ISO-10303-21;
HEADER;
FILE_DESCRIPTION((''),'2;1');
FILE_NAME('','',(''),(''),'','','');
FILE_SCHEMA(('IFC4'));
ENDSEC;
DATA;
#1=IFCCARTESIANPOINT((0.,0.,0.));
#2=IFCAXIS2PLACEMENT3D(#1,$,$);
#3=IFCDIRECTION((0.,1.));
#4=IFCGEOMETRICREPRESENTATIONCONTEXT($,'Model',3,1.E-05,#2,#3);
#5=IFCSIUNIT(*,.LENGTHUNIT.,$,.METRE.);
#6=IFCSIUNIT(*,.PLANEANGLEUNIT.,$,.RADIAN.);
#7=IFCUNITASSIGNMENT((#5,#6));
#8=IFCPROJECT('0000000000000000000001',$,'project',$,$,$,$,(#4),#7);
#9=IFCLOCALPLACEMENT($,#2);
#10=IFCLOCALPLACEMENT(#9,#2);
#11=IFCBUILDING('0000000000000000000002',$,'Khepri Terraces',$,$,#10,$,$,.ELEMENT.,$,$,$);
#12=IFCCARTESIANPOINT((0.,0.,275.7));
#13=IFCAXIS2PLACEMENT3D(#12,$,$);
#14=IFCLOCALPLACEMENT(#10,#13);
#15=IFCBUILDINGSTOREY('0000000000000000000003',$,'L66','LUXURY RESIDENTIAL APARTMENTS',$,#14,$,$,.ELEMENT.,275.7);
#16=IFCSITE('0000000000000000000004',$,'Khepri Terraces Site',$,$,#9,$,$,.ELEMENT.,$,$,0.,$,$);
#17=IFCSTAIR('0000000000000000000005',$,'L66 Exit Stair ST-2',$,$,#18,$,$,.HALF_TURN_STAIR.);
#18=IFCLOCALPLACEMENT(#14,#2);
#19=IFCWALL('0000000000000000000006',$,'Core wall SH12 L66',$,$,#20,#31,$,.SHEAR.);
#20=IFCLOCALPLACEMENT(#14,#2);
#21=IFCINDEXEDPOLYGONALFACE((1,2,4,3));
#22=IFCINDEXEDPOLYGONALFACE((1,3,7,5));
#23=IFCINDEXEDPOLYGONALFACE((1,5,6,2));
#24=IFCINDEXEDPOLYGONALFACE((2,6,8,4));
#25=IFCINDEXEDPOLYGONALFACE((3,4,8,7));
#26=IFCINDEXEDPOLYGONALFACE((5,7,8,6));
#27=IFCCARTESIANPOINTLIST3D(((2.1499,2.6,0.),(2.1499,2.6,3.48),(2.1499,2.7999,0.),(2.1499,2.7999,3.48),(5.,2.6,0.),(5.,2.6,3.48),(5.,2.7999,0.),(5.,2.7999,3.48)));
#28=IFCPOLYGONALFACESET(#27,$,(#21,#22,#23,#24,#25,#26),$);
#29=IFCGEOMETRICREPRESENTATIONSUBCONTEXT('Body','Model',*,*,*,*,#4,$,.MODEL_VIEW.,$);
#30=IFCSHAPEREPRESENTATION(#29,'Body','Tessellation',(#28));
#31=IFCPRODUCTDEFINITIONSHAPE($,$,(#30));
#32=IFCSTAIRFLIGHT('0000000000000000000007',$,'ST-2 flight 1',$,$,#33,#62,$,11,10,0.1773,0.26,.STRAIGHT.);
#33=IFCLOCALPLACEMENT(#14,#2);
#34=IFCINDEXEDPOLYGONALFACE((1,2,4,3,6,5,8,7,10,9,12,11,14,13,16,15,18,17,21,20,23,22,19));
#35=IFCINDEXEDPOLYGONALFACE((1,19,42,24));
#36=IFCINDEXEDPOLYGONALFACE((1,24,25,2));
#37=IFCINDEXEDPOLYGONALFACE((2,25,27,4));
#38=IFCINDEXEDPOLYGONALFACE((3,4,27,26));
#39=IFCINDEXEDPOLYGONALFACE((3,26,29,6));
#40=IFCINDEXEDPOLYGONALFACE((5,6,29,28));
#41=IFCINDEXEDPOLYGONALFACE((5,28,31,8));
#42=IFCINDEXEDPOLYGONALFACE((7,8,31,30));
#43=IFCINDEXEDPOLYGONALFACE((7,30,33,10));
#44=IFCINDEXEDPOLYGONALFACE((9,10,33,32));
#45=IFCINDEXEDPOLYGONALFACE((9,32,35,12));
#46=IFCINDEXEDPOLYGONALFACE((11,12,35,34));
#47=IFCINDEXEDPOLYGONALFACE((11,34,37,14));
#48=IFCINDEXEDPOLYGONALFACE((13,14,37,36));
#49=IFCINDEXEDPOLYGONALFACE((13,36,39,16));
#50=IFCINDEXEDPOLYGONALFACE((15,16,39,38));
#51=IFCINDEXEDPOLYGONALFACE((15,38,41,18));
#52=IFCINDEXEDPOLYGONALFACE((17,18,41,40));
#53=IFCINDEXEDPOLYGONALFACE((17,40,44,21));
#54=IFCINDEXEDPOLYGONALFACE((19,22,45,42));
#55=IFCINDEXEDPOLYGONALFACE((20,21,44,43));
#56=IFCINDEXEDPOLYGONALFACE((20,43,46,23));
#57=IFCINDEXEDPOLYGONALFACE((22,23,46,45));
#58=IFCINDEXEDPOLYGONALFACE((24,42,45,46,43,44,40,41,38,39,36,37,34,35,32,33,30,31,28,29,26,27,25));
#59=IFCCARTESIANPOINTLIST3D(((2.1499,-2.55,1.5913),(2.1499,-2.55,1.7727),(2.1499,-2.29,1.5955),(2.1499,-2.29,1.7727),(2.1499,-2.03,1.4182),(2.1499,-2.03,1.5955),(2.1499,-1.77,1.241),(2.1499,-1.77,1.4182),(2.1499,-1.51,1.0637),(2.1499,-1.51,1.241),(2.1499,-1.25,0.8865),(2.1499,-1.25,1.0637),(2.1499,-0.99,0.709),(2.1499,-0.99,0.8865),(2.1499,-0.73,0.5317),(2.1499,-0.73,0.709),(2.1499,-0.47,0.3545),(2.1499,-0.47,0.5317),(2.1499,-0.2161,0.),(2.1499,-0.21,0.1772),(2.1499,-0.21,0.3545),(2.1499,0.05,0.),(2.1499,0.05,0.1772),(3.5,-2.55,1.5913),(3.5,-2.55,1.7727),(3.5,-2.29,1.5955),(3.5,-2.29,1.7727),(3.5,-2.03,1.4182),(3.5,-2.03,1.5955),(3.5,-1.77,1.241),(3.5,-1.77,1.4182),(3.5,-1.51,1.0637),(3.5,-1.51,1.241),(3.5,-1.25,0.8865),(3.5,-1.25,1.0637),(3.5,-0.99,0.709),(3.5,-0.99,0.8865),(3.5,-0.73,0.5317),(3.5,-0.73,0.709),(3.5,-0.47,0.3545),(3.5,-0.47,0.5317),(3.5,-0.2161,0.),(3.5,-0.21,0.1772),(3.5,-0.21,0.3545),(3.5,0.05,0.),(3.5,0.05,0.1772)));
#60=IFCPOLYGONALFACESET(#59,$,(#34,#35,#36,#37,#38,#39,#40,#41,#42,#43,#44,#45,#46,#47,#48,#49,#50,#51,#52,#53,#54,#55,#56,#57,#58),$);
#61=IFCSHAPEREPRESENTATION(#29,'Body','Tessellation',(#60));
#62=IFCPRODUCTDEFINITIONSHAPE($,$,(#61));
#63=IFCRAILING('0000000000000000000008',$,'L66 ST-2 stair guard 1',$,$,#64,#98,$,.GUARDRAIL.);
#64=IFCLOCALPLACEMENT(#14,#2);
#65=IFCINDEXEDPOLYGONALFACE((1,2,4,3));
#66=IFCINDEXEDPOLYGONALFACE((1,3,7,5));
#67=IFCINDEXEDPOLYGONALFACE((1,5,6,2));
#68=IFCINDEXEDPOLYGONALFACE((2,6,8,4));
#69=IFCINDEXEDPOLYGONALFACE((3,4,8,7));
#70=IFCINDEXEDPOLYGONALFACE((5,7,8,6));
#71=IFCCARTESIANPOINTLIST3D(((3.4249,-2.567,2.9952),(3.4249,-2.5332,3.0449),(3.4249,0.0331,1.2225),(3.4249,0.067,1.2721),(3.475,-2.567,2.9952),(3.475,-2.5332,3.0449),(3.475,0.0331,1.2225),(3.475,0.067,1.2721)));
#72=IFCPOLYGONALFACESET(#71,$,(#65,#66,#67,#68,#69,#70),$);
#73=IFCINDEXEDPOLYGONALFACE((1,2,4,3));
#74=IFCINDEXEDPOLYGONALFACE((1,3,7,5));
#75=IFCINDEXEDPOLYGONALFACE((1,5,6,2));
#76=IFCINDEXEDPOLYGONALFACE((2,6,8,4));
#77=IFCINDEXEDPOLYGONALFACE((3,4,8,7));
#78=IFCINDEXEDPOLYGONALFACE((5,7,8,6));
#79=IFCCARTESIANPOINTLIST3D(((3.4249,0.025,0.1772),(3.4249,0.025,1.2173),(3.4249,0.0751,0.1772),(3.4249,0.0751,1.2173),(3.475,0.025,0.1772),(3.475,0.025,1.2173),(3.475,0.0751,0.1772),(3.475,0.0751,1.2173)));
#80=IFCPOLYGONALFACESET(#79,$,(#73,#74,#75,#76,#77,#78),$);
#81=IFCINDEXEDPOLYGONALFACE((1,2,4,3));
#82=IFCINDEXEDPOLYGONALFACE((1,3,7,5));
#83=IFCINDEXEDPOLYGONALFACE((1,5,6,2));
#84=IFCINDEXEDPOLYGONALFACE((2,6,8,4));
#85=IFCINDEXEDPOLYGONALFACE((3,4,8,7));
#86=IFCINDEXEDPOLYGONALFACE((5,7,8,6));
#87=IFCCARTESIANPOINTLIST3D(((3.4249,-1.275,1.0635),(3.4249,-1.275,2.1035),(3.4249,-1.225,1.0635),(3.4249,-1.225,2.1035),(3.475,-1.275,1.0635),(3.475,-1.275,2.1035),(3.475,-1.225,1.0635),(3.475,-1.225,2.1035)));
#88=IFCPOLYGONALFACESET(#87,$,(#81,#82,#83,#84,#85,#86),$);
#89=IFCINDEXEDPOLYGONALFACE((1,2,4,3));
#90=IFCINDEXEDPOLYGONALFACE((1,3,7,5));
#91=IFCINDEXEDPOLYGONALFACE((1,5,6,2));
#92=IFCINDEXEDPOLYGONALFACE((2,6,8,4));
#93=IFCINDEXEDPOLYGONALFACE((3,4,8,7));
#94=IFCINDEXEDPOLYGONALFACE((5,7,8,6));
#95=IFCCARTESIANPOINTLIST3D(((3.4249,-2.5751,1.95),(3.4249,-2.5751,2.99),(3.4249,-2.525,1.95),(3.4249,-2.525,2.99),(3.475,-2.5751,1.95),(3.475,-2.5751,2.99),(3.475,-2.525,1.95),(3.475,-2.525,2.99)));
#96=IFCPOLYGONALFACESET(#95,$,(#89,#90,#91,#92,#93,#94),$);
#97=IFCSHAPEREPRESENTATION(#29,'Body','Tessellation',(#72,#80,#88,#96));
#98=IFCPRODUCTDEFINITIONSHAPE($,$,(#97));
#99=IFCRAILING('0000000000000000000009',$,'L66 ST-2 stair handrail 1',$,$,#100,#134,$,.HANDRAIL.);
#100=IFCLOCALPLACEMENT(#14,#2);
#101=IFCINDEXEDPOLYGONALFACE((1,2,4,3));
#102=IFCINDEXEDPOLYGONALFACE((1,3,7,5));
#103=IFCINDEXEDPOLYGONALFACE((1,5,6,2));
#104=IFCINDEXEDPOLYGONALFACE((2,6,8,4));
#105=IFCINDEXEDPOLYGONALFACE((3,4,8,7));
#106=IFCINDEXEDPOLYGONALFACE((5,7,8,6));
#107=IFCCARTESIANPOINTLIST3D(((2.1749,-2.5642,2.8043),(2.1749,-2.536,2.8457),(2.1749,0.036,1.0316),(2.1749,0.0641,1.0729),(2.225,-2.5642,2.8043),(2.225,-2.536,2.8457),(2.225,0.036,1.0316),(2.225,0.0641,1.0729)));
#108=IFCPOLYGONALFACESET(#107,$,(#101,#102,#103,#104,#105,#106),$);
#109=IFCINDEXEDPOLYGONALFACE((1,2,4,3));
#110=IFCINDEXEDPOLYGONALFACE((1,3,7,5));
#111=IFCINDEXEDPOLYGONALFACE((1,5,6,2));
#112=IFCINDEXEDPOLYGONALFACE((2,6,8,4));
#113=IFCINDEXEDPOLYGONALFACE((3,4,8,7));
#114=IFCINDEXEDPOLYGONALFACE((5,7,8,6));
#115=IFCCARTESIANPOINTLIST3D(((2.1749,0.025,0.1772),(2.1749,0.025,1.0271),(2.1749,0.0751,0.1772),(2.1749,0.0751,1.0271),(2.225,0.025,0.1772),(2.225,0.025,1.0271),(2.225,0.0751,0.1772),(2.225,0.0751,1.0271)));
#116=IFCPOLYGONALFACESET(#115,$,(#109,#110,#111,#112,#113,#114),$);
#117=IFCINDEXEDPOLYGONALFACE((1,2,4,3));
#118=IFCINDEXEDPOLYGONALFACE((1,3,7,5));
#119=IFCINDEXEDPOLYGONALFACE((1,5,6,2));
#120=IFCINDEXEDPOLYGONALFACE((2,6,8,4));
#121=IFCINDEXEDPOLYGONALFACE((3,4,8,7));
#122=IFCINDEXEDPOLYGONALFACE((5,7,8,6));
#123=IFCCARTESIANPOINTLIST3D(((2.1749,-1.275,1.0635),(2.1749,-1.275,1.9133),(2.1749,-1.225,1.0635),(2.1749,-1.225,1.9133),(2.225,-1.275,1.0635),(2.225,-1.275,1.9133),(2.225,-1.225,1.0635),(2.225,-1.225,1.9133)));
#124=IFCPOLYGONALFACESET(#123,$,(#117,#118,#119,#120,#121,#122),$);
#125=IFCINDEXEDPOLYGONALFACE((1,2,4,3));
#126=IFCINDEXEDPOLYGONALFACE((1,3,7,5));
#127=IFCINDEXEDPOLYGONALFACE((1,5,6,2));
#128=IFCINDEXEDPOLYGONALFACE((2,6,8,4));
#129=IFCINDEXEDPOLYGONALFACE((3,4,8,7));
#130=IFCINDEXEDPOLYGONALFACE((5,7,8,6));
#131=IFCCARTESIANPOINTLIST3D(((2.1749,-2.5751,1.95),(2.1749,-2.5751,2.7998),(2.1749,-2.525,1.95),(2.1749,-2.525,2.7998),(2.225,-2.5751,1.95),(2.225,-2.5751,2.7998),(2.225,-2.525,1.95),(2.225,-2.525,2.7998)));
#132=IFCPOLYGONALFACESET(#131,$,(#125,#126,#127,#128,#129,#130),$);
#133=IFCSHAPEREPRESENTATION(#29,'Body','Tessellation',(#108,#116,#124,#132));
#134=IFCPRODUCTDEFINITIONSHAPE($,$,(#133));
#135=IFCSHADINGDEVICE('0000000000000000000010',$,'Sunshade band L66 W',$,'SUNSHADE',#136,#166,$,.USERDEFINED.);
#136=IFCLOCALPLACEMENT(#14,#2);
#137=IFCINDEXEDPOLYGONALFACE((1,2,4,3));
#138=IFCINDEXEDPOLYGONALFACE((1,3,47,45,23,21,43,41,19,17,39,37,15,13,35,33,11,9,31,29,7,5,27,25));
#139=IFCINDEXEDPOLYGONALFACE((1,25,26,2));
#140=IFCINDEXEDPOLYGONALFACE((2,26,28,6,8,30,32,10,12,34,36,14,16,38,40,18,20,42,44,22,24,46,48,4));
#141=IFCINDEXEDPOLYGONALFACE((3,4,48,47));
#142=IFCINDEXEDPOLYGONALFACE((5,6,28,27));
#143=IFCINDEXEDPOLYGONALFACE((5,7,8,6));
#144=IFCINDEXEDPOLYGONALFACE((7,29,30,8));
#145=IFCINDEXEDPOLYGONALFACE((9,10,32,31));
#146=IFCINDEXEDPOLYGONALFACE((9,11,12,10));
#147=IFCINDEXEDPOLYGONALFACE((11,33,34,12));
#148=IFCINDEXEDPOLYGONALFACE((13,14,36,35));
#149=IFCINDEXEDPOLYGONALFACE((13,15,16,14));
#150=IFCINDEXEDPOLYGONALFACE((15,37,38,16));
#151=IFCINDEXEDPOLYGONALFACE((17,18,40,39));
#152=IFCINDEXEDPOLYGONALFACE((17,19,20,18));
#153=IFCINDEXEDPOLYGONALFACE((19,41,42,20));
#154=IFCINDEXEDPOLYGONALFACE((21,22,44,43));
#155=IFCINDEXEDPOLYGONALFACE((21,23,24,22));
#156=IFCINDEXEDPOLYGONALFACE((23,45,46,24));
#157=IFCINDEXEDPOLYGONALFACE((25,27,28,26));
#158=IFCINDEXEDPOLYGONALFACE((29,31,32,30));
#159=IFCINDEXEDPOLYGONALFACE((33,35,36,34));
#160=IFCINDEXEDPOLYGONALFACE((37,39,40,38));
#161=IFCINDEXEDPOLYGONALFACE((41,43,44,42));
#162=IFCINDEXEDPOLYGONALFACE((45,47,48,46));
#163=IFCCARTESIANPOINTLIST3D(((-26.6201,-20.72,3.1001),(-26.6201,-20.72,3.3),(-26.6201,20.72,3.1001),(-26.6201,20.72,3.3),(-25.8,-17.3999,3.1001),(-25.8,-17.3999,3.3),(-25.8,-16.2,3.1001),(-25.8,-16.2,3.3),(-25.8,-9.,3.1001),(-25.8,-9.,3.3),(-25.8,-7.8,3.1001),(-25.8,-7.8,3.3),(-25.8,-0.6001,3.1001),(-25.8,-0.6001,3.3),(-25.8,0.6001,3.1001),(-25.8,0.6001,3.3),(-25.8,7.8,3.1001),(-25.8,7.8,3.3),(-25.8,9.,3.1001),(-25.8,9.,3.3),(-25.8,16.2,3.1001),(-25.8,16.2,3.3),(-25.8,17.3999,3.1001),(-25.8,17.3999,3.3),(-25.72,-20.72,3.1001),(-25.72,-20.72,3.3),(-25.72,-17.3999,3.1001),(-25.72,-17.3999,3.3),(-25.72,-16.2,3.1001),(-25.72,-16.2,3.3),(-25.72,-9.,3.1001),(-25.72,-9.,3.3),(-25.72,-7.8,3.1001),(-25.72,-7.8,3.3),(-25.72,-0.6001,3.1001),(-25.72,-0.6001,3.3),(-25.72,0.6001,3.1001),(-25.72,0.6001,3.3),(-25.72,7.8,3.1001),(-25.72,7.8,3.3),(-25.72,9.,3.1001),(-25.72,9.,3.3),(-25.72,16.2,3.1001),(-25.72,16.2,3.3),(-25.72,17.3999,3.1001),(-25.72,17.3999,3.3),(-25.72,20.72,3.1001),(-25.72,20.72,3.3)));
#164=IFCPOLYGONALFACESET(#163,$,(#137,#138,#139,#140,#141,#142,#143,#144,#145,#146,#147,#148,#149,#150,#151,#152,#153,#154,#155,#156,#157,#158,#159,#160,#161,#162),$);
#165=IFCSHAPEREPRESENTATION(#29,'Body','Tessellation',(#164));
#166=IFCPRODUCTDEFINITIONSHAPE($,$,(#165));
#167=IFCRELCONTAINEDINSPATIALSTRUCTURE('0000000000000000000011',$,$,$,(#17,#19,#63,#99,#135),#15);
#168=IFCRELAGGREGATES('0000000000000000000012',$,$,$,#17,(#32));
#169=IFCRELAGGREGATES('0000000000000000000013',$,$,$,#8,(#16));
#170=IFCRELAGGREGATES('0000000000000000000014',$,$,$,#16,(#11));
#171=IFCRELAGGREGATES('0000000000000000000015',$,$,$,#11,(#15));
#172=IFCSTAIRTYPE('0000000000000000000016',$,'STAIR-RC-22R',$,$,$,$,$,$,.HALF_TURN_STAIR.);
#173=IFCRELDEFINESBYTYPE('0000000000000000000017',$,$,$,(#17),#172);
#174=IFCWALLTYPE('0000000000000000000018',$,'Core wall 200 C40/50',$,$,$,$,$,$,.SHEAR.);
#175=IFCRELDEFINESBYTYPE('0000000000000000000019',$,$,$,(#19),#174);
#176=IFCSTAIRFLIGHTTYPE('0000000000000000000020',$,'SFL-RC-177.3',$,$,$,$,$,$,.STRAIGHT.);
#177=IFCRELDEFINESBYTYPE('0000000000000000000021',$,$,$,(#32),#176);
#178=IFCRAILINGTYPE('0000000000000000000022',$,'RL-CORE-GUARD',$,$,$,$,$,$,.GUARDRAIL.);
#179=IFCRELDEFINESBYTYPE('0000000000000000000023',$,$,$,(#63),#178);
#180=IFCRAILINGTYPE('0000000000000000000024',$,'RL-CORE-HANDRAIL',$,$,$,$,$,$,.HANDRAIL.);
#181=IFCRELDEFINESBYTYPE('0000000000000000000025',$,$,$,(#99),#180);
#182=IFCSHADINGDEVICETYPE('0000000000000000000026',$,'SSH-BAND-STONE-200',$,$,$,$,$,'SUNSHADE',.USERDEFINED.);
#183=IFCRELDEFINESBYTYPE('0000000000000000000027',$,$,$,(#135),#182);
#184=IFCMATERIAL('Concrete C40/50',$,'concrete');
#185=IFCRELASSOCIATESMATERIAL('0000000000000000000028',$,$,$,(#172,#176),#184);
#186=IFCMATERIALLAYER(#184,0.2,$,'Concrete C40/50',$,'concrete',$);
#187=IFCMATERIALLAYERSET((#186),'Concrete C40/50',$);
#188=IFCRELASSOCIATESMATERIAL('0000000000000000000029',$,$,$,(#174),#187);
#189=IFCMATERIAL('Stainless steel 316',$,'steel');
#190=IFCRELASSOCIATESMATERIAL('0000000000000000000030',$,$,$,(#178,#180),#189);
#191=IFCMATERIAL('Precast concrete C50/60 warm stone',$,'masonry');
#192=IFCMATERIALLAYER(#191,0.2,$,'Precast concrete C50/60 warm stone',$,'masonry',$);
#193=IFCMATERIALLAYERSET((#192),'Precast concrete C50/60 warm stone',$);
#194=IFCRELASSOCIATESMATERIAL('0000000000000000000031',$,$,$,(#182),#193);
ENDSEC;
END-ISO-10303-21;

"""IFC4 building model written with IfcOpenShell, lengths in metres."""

from ifc_helpers import new_model, si_unit, direction, frame, frame_2d, origin, origin_2d, place, context, subcontext, project, spatial, polyline, rectangle, outline, extrude, material, layer, layer_set, type_object, element, aggregate, save


model = new_model("IFC4")

# Units and contexts
model_context = context("Model", 3, precision=1e-05, world=origin(), true_north=direction((0.0, 1.0)))
body_context = subcontext(model_context, "Body", "Model", "MODEL_VIEW")
ifc_project = project(units=[si_unit("LENGTHUNIT", "METRE"), si_unit("PLANEANGLEUNIT", "RADIAN")], contexts=[model_context])

# Site, building, storey
site_placement = place(None, origin())
site = spatial("IfcSite", under=ifc_project, at=site_placement, Name="Khepri Terraces Site", CompositionType="ELEMENT", RefElevation=0.0)
building_placement = place(site_placement, origin())
building = spatial("IfcBuilding", under=site, at=building_placement, Name="Khepri Terraces", CompositionType="ELEMENT")
storey_placement = place(building_placement, frame((0.0, 0.0, 275.7)))
storey = spatial("IfcBuildingStorey", under=building, at=storey_placement, Name="L66", Description="LUXURY RESIDENTIAL APARTMENTS", CompositionType="ELEMENT", Elevation=275.7)

# Stair
ifc_material_1 = material(Name="Concrete C40/50", Category="concrete")
stair_type = type_object("IfcStairType", Name="STAIR-RC-22R", PredefinedType="HALF_TURN_STAIR", material=ifc_material_1)
stair_1_placement = place(storey_placement, origin())
stair_1 = element("IfcStair", 1, at=stair_1_placement, inside=storey, type_object=stair_type, Name="L66 Exit Stair ST-2", PredefinedType="HALF_TURN_STAIR")

# Shared definitions
ifc_layer_1 = layer(ifc_material_1, 0.2, Name="Concrete C40/50", Category="concrete")
ifc_layer_set_1 = layer_set([ifc_layer_1], Name="Concrete C40/50")
wall_type = type_object("IfcWallType", Name="Core wall 200 C40/50", PredefinedType="SHEAR", material=ifc_layer_set_1)

# Wall
wall_1_placement = place(storey_placement, frame((2.1499, 2.7, 0.0), z_axis=(0.0, 0.0, 1.0), x_axis=(1.0, 0.0, 0.0)))
element("IfcWall", 2, at=wall_1_placement, inside=storey, type_object=wall_type, Name="Core wall SH12 L66", PredefinedType="SHEAR", context=body_context, shape_type="SweptSolid", body=[
    extrude(rectangle(XDim=2.8501, YDim=0.2, at=frame_2d((1.425, 0.0))), origin(), (0.0, 0.0, 1.0), 3.48),
])

# Stair flight
stair_flight_type = type_object("IfcStairFlightType", Name="SFL-RC-177.3", PredefinedType="STRAIGHT", material=ifc_material_1)
stair_flight_placement = place(storey_placement, frame((2.825, 0.05, 0.0), z_axis=(0.0, 0.0, 1.0), x_axis=(0.0, -1.0, 0.0)))
stair_flight = element("IfcStairFlight", 3, at=stair_flight_placement, type_object=stair_flight_type, Name="ST-2 flight 1", NumberOfRisers=11, NumberOfTreads=10, PredefinedType="STRAIGHT", RiserHeight=0.1773, TreadLength=0.26, context=body_context, shape_type="SweptSolid", body=[
    extrude(outline(polyline([(0.0, 0.0), (0.0, 0.1772), (0.26, 0.1772), (0.26, 0.3545), (0.52, 0.3545), (0.52, 0.5317), (0.78, 0.5317), (0.78, 0.709), (1.04, 0.709), (1.04, 0.8865), (1.3, 0.8865), (1.3, 1.0637), (1.5601, 1.0637), (1.5601, 1.241), (1.8201, 1.241), (1.8201, 1.4182), (2.0801, 1.4182), (2.0801, 1.5955), (2.3401, 1.5955), (2.3401, 1.7727), (2.6001, 1.7727), (2.6001, 1.95), (2.6001, 1.5913), (0.2661, 0.0), (0.0, 0.0)])), frame((0.0, 0.675, 0.0), z_axis=(0.0, -1.0, 0.0), x_axis=(1.0, 0.0, 0.0)), (0.0, 0.0, 1.0), 1.3501),
])
aggregate(stair_1, [stair_flight])

# Railings
ifc_material_2 = material(Name="Stainless steel 316", Category="steel")
railing_type_1 = type_object("IfcRailingType", Name="RL-CORE-GUARD", PredefinedType="GUARDRAIL", material=ifc_material_2)
railing_1_placement = place(storey_placement, frame((3.45, 0.05, 0.1772)))
element("IfcRailing", 4, at=railing_1_placement, inside=storey, type_object=railing_type_1, Name="L66 ST-2 stair guard 1", PredefinedType="GUARDRAIL", context=body_context, shape_type="SweptSolid", body=[
    extrude(rectangle(XDim=0.05, YDim=0.0601, at=origin_2d()), frame((0.0, 0.0, 1.0701), z_axis=(0.0, -0.82624, 0.563318), x_axis=(1.0, 0.0, 0.0)), (0.0, 0.0, 1.0), 3.147),
    extrude(rectangle(XDim=0.05, YDim=0.05, at=origin_2d()), origin(), (0.0, 0.0, 1.0), 1.04),
    extrude(rectangle(XDim=0.05, YDim=0.05, at=origin_2d()), frame((0.0, -1.3, 0.8862)), (0.0, 0.0, 1.0), 1.04),
    extrude(rectangle(XDim=0.05, YDim=0.05, at=origin_2d()), frame((0.0, -2.6001, 1.7727)), (0.0, 0.0, 1.0), 1.04),
])
railing_type_2 = type_object("IfcRailingType", Name="RL-CORE-HANDRAIL", PredefinedType="HANDRAIL", material=ifc_material_2)
railing_2_placement = place(storey_placement, frame((2.2, 0.05, 0.1772)))
element("IfcRailing", 5, at=railing_2_placement, inside=storey, type_object=railing_type_2, Name="L66 ST-2 stair handrail 1", PredefinedType="HANDRAIL", context=body_context, shape_type="SweptSolid", body=[
    extrude(rectangle(XDim=0.05, YDim=0.05, at=origin_2d()), frame((0.0, 0.0, 0.875), z_axis=(0.0, -0.82624, 0.563318), x_axis=(1.0, 0.0, 0.0)), (0.0, 0.0, 1.0), 3.147),
    extrude(rectangle(XDim=0.05, YDim=0.05, at=origin_2d()), origin(), (0.0, 0.0, 1.0), 0.8499),
    extrude(rectangle(XDim=0.05, YDim=0.05, at=origin_2d()), frame((0.0, -1.3, 0.8862)), (0.0, 0.0, 1.0), 0.8499),
    extrude(rectangle(XDim=0.05, YDim=0.05, at=origin_2d()), frame((0.0, -2.6001, 1.7727)), (0.0, 0.0, 1.0), 0.8499),
])

# Shading device
ifc_material_3 = material(Name="Precast concrete C50/60 warm stone", Category="masonry")
ifc_layer_2 = layer(ifc_material_3, 0.2, Name="Precast concrete C50/60 warm stone", Category="masonry")
ifc_layer_set_2 = layer_set([ifc_layer_2], Name="Precast concrete C50/60 warm stone")
shading_device_type_1 = type_object("IfcShadingDeviceType", Name="SSH-BAND-STONE-200", ElementType="SUNSHADE", PredefinedType="USERDEFINED", material=ifc_layer_set_2)
shading_device_1_placement = place(storey_placement, frame((0.0, 0.0, 3.1001)))
element("IfcShadingDevice", 6, at=shading_device_1_placement, inside=storey, type_object=shading_device_type_1, Name="Sunshade band L66 W", ObjectType="SUNSHADE", PredefinedType="USERDEFINED", context=body_context, shape_type="SweptSolid", body=[
    extrude(outline(polyline([(-25.72, 17.3999), (-25.72, 20.72), (-26.6201, 20.72), (-26.6201, -20.72), (-25.72, -20.72), (-25.72, -17.3999), (-25.8, -17.3999), (-25.8, -16.2), (-25.72, -16.2), (-25.72, -9.0), (-25.8, -9.0), (-25.8, -7.8), (-25.72, -7.8), (-25.72, -0.6001), (-25.8, -0.6001), (-25.8, 0.6001), (-25.72, 0.6001), (-25.72, 7.8), (-25.8, 7.8), (-25.8, 9.0), (-25.72, 9.0), (-25.72, 16.2), (-25.8, 16.2), (-25.8, 17.3999), (-25.72, 17.3999)])), origin(), (0.0, 0.0, 1.0), 0.2),
])

save(model, "model.ifc")
